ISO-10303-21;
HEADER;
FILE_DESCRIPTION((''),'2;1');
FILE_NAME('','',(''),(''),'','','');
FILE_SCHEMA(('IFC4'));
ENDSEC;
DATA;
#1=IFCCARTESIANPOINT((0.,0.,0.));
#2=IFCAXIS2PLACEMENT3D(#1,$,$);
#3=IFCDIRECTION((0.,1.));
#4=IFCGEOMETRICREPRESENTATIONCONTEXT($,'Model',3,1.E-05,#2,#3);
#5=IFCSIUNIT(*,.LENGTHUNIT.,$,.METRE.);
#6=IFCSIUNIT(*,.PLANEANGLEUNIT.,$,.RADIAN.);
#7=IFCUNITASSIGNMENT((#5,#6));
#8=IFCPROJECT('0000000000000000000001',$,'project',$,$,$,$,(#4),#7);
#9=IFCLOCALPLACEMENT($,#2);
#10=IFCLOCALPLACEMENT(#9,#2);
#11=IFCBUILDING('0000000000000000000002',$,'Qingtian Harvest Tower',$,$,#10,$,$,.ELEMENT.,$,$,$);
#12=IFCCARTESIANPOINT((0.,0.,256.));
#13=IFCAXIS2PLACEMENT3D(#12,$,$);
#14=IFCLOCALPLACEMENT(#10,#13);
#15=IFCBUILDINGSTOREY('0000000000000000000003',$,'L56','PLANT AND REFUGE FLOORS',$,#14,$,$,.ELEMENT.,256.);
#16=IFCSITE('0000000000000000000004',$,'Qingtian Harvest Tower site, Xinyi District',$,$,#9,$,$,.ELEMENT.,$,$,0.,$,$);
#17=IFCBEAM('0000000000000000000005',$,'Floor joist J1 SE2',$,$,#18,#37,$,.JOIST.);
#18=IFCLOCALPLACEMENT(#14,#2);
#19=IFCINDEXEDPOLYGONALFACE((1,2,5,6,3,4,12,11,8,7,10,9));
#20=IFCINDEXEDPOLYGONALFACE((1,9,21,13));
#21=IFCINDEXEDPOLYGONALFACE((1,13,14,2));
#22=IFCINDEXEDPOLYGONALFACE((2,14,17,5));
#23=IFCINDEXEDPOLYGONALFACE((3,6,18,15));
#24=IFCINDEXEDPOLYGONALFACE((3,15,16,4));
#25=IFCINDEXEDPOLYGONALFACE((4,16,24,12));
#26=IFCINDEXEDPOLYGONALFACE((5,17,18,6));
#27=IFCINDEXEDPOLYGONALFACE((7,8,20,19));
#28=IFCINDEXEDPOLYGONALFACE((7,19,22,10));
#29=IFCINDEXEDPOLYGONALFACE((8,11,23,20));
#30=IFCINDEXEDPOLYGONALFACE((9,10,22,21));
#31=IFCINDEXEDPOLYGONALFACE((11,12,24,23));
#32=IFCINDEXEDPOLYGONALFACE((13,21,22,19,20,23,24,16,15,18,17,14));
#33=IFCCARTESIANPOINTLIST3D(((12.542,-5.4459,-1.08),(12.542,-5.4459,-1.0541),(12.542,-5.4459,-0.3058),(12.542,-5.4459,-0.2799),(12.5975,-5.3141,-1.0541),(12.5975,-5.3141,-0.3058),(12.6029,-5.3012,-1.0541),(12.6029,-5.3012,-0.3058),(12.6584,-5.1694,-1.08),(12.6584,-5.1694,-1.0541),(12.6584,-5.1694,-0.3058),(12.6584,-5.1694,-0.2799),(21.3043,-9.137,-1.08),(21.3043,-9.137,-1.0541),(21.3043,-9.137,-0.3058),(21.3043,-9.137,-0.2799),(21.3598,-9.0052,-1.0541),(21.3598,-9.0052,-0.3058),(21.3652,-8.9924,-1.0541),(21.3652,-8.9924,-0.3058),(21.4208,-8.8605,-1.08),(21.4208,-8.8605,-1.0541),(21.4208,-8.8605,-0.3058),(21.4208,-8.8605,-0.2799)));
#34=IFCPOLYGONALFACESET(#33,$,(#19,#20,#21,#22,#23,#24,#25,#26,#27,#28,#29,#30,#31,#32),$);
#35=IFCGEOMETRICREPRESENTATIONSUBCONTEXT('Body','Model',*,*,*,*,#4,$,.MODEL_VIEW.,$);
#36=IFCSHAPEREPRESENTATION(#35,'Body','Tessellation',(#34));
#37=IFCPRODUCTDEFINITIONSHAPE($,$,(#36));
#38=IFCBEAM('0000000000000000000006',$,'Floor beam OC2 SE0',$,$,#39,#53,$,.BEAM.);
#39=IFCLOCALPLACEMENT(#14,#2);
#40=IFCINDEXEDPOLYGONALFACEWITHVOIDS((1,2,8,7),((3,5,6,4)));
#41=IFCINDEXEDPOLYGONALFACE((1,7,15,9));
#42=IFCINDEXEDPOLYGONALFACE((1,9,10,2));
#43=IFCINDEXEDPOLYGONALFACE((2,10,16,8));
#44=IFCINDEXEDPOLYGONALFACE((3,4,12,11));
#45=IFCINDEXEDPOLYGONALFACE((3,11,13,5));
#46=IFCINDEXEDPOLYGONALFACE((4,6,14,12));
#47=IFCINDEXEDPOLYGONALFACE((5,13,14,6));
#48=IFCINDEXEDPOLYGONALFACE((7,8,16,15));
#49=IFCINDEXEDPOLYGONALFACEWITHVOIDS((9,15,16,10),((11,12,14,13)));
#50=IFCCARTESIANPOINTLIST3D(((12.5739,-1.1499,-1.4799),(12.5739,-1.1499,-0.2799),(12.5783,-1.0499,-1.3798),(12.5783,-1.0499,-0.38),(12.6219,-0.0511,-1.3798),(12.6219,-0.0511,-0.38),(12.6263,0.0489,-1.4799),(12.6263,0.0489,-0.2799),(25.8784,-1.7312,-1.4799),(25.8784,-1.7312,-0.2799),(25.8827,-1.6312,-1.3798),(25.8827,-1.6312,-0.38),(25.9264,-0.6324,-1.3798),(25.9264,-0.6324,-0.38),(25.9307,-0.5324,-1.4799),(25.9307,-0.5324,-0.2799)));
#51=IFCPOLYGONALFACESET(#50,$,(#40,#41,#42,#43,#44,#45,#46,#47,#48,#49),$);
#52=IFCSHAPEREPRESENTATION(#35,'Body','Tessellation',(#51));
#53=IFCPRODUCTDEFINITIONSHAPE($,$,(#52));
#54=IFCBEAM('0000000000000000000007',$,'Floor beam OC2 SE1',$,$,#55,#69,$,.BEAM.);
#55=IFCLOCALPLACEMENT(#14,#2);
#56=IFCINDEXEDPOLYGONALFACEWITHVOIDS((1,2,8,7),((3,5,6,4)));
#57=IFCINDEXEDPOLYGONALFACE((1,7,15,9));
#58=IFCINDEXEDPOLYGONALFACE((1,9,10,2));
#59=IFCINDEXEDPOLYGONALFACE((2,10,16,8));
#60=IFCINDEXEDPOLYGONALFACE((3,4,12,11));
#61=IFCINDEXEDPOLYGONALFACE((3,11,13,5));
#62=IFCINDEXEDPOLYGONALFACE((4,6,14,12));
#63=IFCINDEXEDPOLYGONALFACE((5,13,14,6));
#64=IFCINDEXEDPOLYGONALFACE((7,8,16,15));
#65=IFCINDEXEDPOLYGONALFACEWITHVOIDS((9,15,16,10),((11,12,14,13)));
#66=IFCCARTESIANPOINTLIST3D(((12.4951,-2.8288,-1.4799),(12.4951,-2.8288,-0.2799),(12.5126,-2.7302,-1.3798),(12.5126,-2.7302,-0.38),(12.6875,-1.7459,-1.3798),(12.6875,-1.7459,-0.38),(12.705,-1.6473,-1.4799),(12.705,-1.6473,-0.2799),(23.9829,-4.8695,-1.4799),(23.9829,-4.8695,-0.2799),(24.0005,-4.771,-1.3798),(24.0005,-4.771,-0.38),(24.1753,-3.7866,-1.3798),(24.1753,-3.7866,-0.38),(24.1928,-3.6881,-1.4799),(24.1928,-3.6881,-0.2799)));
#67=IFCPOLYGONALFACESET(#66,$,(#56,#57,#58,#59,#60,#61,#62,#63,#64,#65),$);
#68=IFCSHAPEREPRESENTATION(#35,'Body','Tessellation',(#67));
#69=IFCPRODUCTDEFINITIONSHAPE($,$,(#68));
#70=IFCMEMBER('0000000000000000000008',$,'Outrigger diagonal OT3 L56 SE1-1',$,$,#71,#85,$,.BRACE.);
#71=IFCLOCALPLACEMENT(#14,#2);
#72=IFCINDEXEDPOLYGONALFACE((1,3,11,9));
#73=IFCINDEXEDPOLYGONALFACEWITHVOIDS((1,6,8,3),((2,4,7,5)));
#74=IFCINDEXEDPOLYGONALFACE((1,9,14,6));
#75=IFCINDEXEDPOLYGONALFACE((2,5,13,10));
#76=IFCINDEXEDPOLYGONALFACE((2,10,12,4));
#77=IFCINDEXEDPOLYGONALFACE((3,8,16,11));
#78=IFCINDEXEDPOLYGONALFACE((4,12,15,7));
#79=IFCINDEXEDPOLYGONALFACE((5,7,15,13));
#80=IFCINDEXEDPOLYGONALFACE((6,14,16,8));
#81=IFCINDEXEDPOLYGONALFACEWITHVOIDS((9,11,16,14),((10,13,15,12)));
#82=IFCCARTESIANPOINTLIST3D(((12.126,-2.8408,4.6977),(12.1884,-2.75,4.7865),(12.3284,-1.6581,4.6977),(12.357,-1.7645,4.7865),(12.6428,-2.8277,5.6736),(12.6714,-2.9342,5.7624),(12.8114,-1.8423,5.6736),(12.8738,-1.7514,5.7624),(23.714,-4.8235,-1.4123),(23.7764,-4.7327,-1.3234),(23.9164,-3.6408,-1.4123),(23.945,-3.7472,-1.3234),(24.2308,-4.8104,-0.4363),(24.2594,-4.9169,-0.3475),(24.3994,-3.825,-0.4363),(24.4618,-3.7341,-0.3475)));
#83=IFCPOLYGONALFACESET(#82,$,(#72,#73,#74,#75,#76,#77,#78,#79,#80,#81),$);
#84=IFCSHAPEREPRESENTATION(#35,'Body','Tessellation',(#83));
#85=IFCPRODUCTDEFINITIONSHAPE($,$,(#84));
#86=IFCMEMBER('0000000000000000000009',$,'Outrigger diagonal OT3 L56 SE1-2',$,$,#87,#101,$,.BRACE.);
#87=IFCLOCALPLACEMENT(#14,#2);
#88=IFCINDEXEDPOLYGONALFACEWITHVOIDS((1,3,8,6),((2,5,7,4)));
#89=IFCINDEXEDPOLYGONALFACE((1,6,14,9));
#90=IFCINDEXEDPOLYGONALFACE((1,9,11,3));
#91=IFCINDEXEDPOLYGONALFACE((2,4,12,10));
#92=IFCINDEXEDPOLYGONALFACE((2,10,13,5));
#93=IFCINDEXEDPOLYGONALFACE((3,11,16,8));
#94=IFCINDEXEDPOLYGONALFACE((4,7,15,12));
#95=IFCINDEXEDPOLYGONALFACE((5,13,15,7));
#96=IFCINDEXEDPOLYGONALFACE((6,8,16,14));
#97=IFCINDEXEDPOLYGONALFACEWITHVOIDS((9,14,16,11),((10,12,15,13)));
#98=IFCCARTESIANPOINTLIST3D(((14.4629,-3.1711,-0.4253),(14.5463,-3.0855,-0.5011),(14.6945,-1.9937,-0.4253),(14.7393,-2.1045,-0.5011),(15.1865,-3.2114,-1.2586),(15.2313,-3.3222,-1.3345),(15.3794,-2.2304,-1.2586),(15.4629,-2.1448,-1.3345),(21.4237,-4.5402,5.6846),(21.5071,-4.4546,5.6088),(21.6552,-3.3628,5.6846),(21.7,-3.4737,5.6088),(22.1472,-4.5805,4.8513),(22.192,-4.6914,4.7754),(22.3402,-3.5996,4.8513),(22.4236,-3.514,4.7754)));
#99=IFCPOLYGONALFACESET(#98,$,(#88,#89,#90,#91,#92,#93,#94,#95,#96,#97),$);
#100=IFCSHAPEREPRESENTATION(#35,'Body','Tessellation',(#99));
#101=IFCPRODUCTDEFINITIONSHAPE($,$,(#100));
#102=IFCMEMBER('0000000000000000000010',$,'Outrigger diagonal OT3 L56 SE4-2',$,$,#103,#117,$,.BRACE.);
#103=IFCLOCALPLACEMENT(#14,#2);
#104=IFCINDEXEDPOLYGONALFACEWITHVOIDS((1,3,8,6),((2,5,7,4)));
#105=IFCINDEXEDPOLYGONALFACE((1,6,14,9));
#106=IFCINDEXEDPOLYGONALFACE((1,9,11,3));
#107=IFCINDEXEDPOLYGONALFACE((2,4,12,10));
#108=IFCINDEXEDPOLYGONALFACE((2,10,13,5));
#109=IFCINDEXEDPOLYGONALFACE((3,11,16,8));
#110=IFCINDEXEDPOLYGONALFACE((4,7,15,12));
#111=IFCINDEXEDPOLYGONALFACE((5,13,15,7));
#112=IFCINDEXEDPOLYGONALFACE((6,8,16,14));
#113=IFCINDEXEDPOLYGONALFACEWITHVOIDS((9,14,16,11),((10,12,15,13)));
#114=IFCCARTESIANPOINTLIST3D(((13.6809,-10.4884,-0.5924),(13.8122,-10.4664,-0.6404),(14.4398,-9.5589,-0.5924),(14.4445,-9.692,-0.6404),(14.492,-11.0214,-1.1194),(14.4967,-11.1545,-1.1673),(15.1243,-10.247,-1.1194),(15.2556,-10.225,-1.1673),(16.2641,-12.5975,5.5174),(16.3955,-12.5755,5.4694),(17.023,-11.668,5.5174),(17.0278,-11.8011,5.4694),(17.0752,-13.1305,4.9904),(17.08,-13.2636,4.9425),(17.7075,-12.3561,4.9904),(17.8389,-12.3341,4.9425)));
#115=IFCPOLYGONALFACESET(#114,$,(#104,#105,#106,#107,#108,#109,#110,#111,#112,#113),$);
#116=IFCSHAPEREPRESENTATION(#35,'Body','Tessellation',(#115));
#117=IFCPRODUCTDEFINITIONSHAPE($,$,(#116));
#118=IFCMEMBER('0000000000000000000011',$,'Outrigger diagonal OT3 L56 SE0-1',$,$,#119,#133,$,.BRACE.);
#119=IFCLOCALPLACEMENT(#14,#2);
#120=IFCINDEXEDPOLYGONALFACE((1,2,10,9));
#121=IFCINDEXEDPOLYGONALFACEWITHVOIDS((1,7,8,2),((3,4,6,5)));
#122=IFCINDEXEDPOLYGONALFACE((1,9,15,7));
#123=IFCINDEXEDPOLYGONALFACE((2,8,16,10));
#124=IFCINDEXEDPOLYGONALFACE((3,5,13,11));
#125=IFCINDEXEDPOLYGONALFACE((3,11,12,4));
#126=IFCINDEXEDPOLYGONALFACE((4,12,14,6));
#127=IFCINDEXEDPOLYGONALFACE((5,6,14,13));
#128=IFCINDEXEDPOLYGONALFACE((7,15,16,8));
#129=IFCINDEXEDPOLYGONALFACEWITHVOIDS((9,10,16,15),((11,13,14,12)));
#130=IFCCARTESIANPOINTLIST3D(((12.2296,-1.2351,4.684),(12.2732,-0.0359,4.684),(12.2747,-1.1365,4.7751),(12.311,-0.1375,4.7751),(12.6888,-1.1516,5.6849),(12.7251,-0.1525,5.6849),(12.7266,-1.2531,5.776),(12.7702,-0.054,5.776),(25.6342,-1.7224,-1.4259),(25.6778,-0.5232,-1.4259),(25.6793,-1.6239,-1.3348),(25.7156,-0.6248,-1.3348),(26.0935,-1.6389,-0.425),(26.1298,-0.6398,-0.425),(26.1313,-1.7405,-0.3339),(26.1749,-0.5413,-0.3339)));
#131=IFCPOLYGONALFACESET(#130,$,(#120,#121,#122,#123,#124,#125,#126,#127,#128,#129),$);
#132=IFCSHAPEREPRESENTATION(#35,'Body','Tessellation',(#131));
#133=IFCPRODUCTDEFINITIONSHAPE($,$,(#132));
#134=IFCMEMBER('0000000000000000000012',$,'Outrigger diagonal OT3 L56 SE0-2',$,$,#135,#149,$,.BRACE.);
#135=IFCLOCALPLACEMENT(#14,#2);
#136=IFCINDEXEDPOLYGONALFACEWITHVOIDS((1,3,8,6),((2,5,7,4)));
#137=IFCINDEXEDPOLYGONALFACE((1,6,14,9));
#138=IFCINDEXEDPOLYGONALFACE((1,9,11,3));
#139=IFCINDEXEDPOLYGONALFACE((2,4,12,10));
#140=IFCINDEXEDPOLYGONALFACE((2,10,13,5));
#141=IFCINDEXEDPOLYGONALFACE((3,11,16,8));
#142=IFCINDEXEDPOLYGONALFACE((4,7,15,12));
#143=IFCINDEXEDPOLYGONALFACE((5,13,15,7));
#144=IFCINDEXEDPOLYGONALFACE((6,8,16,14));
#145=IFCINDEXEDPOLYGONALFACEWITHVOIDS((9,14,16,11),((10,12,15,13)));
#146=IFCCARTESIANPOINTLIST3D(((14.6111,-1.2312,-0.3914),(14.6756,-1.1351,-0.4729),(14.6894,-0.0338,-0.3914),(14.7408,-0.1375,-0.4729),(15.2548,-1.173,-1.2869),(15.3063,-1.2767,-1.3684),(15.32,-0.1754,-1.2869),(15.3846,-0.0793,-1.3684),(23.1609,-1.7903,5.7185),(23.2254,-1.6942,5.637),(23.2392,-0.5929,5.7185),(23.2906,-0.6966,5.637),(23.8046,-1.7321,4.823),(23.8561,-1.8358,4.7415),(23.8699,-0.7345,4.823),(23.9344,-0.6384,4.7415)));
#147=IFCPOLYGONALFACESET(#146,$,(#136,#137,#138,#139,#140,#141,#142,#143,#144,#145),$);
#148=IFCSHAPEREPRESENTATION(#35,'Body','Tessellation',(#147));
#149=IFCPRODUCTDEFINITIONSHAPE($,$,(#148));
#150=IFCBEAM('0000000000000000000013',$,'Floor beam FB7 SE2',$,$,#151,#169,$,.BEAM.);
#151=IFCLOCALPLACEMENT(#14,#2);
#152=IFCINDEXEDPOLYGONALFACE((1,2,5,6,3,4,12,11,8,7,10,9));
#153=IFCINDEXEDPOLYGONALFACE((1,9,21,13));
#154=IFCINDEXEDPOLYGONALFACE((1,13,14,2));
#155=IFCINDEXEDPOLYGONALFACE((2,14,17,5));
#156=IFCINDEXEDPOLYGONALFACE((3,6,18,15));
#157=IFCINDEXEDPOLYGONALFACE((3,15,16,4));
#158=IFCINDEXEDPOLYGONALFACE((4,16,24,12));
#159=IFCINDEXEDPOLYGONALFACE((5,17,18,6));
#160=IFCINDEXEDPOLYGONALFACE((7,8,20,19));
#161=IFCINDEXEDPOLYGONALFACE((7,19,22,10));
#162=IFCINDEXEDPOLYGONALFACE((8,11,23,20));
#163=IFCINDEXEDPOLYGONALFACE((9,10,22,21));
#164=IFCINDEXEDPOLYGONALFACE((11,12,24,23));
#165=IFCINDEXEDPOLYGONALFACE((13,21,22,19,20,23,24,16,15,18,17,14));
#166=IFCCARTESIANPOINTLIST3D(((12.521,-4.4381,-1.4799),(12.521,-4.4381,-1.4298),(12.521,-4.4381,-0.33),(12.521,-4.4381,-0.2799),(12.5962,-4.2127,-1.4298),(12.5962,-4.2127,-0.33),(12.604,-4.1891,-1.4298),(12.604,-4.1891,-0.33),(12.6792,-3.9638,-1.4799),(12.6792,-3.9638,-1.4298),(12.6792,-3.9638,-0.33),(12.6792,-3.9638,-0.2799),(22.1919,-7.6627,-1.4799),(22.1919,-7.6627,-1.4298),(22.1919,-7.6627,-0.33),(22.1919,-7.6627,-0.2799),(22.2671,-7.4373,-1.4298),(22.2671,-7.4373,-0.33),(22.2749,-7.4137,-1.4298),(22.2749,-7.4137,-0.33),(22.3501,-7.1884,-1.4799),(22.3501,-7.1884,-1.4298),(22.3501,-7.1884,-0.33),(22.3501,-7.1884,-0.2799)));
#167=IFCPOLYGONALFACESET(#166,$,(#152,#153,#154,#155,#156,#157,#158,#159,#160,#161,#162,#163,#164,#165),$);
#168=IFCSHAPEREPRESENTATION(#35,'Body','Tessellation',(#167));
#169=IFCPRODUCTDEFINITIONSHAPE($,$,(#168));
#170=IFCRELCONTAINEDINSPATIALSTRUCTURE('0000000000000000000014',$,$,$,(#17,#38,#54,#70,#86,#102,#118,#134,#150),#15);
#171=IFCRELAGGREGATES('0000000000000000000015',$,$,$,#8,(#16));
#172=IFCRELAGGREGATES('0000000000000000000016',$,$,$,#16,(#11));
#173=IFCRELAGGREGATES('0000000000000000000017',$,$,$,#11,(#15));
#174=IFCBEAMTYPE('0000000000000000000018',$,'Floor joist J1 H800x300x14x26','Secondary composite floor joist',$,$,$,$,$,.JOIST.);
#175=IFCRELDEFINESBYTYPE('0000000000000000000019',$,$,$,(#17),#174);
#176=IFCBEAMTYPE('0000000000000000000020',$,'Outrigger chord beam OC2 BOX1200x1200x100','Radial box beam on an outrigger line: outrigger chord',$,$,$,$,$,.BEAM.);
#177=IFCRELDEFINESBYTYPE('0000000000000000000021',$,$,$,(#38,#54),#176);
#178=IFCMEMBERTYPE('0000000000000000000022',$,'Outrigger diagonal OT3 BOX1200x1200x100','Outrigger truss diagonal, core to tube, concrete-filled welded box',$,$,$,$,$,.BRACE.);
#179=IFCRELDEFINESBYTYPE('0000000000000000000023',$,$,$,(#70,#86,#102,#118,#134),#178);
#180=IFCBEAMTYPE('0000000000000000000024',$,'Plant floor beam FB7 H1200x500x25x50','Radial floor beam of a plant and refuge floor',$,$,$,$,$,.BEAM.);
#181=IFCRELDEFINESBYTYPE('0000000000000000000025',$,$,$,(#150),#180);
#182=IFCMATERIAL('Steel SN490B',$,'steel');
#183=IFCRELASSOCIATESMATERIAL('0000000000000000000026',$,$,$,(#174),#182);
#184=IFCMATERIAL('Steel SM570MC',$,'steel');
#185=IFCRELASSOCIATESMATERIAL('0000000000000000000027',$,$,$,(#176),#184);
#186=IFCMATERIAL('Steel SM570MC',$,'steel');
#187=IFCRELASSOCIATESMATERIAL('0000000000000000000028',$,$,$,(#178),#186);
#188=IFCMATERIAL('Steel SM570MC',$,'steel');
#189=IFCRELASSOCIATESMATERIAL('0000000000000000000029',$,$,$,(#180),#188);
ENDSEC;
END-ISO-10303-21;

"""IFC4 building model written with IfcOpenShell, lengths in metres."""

from ifc_helpers import new_model, si_unit, direction, frame, origin, origin_2d, place, context, subcontext, project, spatial, hollow_rectangle, i_section, extrude, material, material_profile, profile_set, type_object, element, save


model = new_model("IFC4")

# Units and contexts
model_context = context("Model", 3, precision=1e-05, world=origin(), true_north=direction((0.0, 1.0)))
body_context = subcontext(model_context, "Body", "Model", "MODEL_VIEW")
ifc_project = project(units=[si_unit("LENGTHUNIT", "METRE"), si_unit("PLANEANGLEUNIT", "RADIAN")], contexts=[model_context])

# Site, building, storey
site_placement = place(None, origin())
site = spatial("IfcSite", under=ifc_project, at=site_placement, Name="Qingtian Harvest Tower site, Xinyi District", CompositionType="ELEMENT", RefElevation=0.0)
building_placement = place(site_placement, origin())
building = spatial("IfcBuilding", under=site, at=building_placement, Name="Qingtian Harvest Tower", CompositionType="ELEMENT")
storey_placement = place(building_placement, frame((0.0, 0.0, 256.0)))
storey = spatial("IfcBuildingStorey", under=building, at=storey_placement, Name="L56", Description="PLANT AND REFUGE FLOORS", CompositionType="ELEMENT", Elevation=256.0)

# Beams
ifc_material_1 = material(Name="Steel SN490B", Category="steel")
ifc_material_profile_1 = material_profile(ifc_material_1, i_section(OverallWidth=0.3, OverallDepth=0.8, WebThickness=0.0139, FlangeThickness=0.0259, at=origin_2d()), Name="H800x300x14x26")
ifc_profile_set_1 = profile_set([ifc_material_profile_1], Name="Steel SN490B")
beam_type_1 = type_object("IfcBeamType", Name="Floor joist J1 H800x300x14x26", Description="Secondary composite floor joist", PredefinedType="JOIST", material=ifc_profile_set_1)
beam_1_placement = place(storey_placement, frame((21.3625, -8.9988, -0.6799), z_axis=(-0.921571, 0.38821, 0.0), x_axis=(-0.38821, -0.921571, 0.0)))
element("IfcBeam", 1, at=beam_1_placement, inside=storey, type_object=beam_type_1, Name="Floor joist J1 SE2", PredefinedType="JOIST", context=body_context, shape_type="SweptSolid", body=[
    extrude(i_section(OverallWidth=0.3, OverallDepth=0.8, WebThickness=0.0139, FlangeThickness=0.0259, at=origin_2d()), origin(), (0.0, 0.0, 1.0), 9.5081),
])
ifc_material_2 = material(Name="Steel SM570MC", Category="steel")
ifc_material_profile_2 = material_profile(ifc_material_2, hollow_rectangle(XDim=1.2, YDim=1.2, WallThickness=0.1001, at=origin_2d()), Name="BOX1200x1200x100")
ifc_profile_set_2 = profile_set([ifc_material_profile_2], Name="Steel SM570MC")
beam_type_2 = type_object("IfcBeamType", Name="Outrigger chord beam OC2 BOX1200x1200x100", Description="Radial box beam on an outrigger line: outrigger chord", PredefinedType="BEAM", material=ifc_profile_set_2)
beam_2_placement = place(storey_placement, frame((25.9045, -1.1318, -0.8799), z_axis=(-0.999047, 0.04365, 0.0), x_axis=(-0.04365, -0.999047, 0.0)))
element("IfcBeam", 2, at=beam_2_placement, inside=storey, type_object=beam_type_2, Name="Floor beam OC2 SE0", PredefinedType="BEAM", context=body_context, shape_type="SweptSolid", body=[
    extrude(hollow_rectangle(XDim=1.2, YDim=1.2, WallThickness=0.1001, at=origin_2d()), origin(), (0.0, 0.0, 1.0), 13.3171),
])
beam_3_placement = place(storey_placement, frame((24.0879, -4.2788, -0.8799), z_axis=(-0.984585, 0.174908, 0.0), x_axis=(-0.174908, -0.984585, 0.0)))
element("IfcBeam", 3, at=beam_3_placement, inside=storey, type_object=beam_type_2, Name="Floor beam OC2 SE1", PredefinedType="BEAM", context=body_context, shape_type="SweptSolid", body=[
    extrude(hollow_rectangle(XDim=1.2, YDim=1.2, WallThickness=0.1001, at=origin_2d()), origin(), (0.0, 0.0, 1.0), 11.6677),
])

# Members
ifc_material_3 = material(Name="Steel SM570MC", Category="steel")
ifc_material_profile_3 = material_profile(ifc_material_3, hollow_rectangle(XDim=1.2, YDim=1.2, WallThickness=0.1001, at=origin_2d()), Name="BOX1200x1200x100")
ifc_profile_set_3 = profile_set([ifc_material_profile_3], Name="Steel SM570MC")
member_type_1 = type_object("IfcMemberType", Name="Outrigger diagonal OT3 BOX1200x1200x100", Description="Outrigger truss diagonal, core to tube, concrete-filled welded box", PredefinedType="BRACE", material=ifc_profile_set_3)
member_1_placement = place(storey_placement, frame((24.0879, -4.2788, -0.8799), z_axis=(-0.874612, 0.149645, 0.461151), x_axis=(-0.168647, -0.985676, 0.0)))
element("IfcMember", 4, at=member_1_placement, inside=storey, type_object=member_type_1, Name="Outrigger diagonal OT3 L56 SE1-1", PredefinedType="BRACE", context=body_context, shape_type="SweptSolid", body=[
    extrude(hollow_rectangle(XDim=1.2, YDim=1.2, WallThickness=0.1001, at=origin_2d()), origin(), (0.0, 0.0, 1.0), 13.2493),
])
member_2_placement = place(storey_placement, frame((14.9629, -2.658, -0.8799), z_axis=(0.743466, -0.146237, 0.65259), x_axis=(0.192998, 0.981199, 0.0)))
element("IfcMember", 5, at=member_2_placement, inside=storey, type_object=member_type_1, Name="Outrigger diagonal OT3 L56 SE1-2", PredefinedType="BRACE", context=body_context, shape_type="SweptSolid", body=[
    extrude(hollow_rectangle(XDim=1.2, YDim=1.2, WallThickness=0.1001, at=origin_2d()), origin(), (0.0, 0.0, 1.0), 9.3625),
])
member_3_placement = place(storey_placement, frame((14.4683, -10.3567, -0.8799), z_axis=(0.371117, -0.303003, 0.877759), x_axis=(0.63244, 0.774609, 0.0)))
element("IfcMember", 6, at=member_3_placement, inside=storey, type_object=member_type_1, Name="Outrigger diagonal OT3 L56 SE4-2", PredefinedType="BRACE", context=body_context, shape_type="SweptSolid", body=[
    extrude(hollow_rectangle(XDim=1.2, YDim=1.2, WallThickness=0.1001, at=origin_2d()), origin(), (0.0, 0.0, 1.0), 6.9607),
])
member_4_placement = place(storey_placement, frame((25.9045, -1.1318, -0.8799), z_axis=(-0.909437, 0.033061, 0.414526), x_axis=(-0.03633, -0.99934, 0.0)))
element("IfcMember", 7, at=member_4_placement, inside=storey, type_object=member_type_1, Name="Outrigger diagonal OT3 L56 SE0-1", PredefinedType="BRACE", context=body_context, shape_type="SweptSolid", body=[
    extrude(hollow_rectangle(XDim=1.2, YDim=1.2, WallThickness=0.1001, at=origin_2d()), origin(), (0.0, 0.0, 1.0), 14.7395),
])
member_5_placement = place(storey_placement, frame((14.9978, -0.6553, -0.8799), z_axis=(0.812456, -0.053127, 0.580597), x_axis=(0.065252, 0.997869, 0.0)))
element("IfcMember", 8, at=member_5_placement, inside=storey, type_object=member_type_1, Name="Outrigger diagonal OT3 L56 SE0-2", PredefinedType="BRACE", context=body_context, shape_type="SweptSolid", body=[
    extrude(hollow_rectangle(XDim=1.2, YDim=1.2, WallThickness=0.1001, at=origin_2d()), origin(), (0.0, 0.0, 1.0), 10.5234),
])

# Beam
ifc_material_4 = material(Name="Steel SM570MC", Category="steel")
ifc_material_profile_4 = material_profile(ifc_material_4, i_section(OverallWidth=0.5, OverallDepth=1.2, WebThickness=0.0249, FlangeThickness=0.05, at=origin_2d()), Name="H1200x500x25x50")
ifc_profile_set_4 = profile_set([ifc_material_profile_4], Name="Steel SM570MC")
beam_type_3 = type_object("IfcBeamType", Name="Plant floor beam FB7 H1200x500x25x50", Description="Radial floor beam of a plant and refuge floor", PredefinedType="BEAM", material=ifc_profile_set_4)
beam_4_placement = place(storey_placement, frame((22.271, -7.4255, -0.8799), z_axis=(-0.948655, 0.316314, 0.0), x_axis=(-0.316314, -0.948655, 0.0)))
element("IfcBeam", 9, at=beam_4_placement, inside=storey, type_object=beam_type_3, Name="Floor beam FB7 SE2", PredefinedType="BEAM", context=body_context, shape_type="SweptSolid", body=[
    extrude(i_section(OverallWidth=0.5, OverallDepth=1.2, WebThickness=0.0249, FlangeThickness=0.05, at=origin_2d()), origin(), (0.0, 0.0, 1.0), 10.1943),
])

save(model, "model.ifc")
